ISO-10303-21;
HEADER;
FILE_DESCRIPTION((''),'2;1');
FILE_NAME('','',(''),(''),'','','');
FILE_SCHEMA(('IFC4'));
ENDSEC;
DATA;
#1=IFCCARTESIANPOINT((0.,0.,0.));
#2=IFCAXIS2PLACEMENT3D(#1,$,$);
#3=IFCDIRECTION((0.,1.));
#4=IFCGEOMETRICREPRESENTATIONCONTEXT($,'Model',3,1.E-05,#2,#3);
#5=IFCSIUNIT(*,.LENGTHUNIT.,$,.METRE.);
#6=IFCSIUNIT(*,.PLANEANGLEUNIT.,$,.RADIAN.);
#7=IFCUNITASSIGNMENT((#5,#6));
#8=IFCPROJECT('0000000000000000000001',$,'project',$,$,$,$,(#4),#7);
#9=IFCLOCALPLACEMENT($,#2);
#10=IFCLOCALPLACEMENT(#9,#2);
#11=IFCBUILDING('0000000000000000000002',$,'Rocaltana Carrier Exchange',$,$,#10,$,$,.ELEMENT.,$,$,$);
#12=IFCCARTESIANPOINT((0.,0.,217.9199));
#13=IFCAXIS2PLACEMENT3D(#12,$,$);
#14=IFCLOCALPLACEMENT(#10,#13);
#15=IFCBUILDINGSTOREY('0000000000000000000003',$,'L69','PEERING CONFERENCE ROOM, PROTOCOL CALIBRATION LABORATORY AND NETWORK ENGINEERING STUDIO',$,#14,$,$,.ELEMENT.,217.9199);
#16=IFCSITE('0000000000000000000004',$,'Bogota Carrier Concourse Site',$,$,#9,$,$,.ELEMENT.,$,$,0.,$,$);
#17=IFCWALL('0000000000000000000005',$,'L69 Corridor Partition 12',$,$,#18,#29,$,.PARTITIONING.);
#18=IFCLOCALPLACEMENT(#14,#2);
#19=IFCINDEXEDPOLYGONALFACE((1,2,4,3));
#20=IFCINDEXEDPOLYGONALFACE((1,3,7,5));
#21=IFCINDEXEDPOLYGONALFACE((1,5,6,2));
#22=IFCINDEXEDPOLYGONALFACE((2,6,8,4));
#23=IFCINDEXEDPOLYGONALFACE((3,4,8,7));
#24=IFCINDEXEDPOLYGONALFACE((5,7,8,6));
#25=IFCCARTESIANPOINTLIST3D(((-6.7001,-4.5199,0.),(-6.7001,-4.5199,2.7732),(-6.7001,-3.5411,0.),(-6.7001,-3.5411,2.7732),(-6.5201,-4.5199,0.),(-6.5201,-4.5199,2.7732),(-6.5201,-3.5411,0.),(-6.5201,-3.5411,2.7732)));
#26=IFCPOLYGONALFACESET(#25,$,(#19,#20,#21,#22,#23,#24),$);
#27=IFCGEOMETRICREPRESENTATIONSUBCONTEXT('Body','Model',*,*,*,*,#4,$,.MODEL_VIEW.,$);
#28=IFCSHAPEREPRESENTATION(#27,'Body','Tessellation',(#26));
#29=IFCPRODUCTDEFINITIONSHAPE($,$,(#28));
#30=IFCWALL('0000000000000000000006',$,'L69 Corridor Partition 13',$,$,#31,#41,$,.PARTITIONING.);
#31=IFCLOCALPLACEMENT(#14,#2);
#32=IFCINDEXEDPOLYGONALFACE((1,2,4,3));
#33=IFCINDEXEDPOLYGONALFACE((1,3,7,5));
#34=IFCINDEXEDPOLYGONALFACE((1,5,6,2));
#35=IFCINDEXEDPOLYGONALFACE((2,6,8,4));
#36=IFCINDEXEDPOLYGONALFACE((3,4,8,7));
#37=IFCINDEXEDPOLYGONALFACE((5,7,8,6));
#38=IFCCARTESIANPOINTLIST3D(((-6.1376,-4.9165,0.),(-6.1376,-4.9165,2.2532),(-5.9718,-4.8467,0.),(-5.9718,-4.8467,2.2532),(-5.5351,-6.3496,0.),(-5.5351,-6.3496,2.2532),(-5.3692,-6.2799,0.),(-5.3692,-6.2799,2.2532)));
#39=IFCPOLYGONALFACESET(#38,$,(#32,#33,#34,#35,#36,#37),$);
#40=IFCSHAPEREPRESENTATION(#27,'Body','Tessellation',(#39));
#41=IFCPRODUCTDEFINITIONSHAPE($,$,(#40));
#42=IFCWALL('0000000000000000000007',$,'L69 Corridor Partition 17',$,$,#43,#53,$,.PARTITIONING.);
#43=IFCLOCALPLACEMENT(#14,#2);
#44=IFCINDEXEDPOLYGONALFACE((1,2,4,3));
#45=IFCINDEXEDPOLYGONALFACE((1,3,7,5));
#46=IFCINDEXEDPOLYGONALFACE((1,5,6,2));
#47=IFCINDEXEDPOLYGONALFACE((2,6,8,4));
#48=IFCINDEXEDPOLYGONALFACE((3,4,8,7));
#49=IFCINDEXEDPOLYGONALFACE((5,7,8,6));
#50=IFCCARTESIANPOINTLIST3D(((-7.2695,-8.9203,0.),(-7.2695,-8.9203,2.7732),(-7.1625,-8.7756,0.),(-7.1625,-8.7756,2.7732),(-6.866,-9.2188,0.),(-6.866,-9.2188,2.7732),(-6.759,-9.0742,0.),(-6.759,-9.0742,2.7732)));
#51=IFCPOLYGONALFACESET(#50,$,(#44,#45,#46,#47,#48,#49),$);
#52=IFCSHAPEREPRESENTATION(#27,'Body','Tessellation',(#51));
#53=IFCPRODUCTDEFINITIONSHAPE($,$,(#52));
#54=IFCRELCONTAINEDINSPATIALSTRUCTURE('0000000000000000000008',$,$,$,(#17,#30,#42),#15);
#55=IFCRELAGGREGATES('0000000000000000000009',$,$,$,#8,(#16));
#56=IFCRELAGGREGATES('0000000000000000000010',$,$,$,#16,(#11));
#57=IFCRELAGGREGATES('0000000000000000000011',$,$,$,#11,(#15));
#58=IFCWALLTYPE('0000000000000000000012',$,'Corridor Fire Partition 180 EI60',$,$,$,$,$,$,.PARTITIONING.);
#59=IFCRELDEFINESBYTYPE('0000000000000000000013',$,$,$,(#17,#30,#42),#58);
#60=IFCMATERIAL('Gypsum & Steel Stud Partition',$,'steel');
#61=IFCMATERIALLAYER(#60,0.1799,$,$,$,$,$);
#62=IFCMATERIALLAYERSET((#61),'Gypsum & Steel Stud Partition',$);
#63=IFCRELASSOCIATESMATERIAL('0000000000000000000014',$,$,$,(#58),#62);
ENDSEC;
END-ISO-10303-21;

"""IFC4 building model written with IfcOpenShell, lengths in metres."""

from ifc_helpers import new_model, si_unit, direction, frame, frame_2d, origin, place, context, subcontext, project, spatial, rectangle, extrude, material, layer, layer_set, type_object, element, save


model = new_model("IFC4")

# Units and contexts
model_context = context("Model", 3, precision=1e-05, world=origin(), true_north=direction((0.0, 1.0)))
body_context = subcontext(model_context, "Body", "Model", "MODEL_VIEW")
ifc_project = project(units=[si_unit("LENGTHUNIT", "METRE"), si_unit("PLANEANGLEUNIT", "RADIAN")], contexts=[model_context])

# Site, building, storey
site_placement = place(None, origin())
site = spatial("IfcSite", under=ifc_project, at=site_placement, Name="Bogota Carrier Concourse Site", CompositionType="ELEMENT", RefElevation=0.0)
building_placement = place(site_placement, origin())
building = spatial("IfcBuilding", under=site, at=building_placement, Name="Rocaltana Carrier Exchange", CompositionType="ELEMENT")
storey_placement = place(building_placement, frame((0.0, 0.0, 217.9199)))
storey = spatial("IfcBuildingStorey", under=building, at=storey_placement, Name="L69", Description="PEERING CONFERENCE ROOM, PROTOCOL CALIBRATION LABORATORY AND NETWORK ENGINEERING STUDIO", CompositionType="ELEMENT", Elevation=217.9199)

# Shared definitions
ifc_material_1 = material(Name="Gypsum & Steel Stud Partition", Category="steel")
ifc_layer_1 = layer(ifc_material_1, 0.1799)
ifc_layer_set_1 = layer_set([ifc_layer_1], Name="Gypsum & Steel Stud Partition")
wall_type_1 = type_object("IfcWallType", Name="Corridor Fire Partition 180 EI60", PredefinedType="PARTITIONING", material=ifc_layer_set_1)

# Walls
wall_1_placement = place(storey_placement, frame((-6.6101, -3.5413, 0.0), z_axis=(0.0, 0.0, 1.0), x_axis=(0.0, -1.0, 0.0)))
element("IfcWall", 1, at=wall_1_placement, inside=storey, type_object=wall_type_1, Name="L69 Corridor Partition 12", PredefinedType="PARTITIONING", context=body_context, shape_type="SweptSolid", body=[
    extrude(rectangle(XDim=0.9788, YDim=0.1799, at=frame_2d((0.4893, 0.0))), origin(), (0.0, 0.0, 1.0), 2.7732),
])
wall_2_placement = place(storey_placement, frame((-6.0547, -4.8816, 0.0), z_axis=(0.0, 0.0, 1.0), x_axis=(0.38758, -0.921836, 0.0)))
element("IfcWall", 2, at=wall_2_placement, inside=storey, type_object=wall_type_1, Name="L69 Corridor Partition 13", PredefinedType="PARTITIONING", context=body_context, shape_type="SweptSolid", body=[
    extrude(rectangle(XDim=1.5547, YDim=0.1799, at=frame_2d((0.7773, 0.0))), origin(), (0.0, 0.0, 1.0), 2.2532),
])
wall_3_placement = place(storey_placement, frame((-6.8125, -9.1465, 0.0), z_axis=(0.0, 0.0, 1.0), x_axis=(-0.803893, 0.594774, 0.0)))
element("IfcWall", 3, at=wall_3_placement, inside=storey, type_object=wall_type_1, Name="L69 Corridor Partition 17", PredefinedType="PARTITIONING", context=body_context, shape_type="SweptSolid", body=[
    extrude(rectangle(XDim=0.502, YDim=0.1799, at=frame_2d((0.251, 0.0))), origin(), (0.0, 0.0, 1.0), 2.7732),
])

save(model, "model.ifc")
